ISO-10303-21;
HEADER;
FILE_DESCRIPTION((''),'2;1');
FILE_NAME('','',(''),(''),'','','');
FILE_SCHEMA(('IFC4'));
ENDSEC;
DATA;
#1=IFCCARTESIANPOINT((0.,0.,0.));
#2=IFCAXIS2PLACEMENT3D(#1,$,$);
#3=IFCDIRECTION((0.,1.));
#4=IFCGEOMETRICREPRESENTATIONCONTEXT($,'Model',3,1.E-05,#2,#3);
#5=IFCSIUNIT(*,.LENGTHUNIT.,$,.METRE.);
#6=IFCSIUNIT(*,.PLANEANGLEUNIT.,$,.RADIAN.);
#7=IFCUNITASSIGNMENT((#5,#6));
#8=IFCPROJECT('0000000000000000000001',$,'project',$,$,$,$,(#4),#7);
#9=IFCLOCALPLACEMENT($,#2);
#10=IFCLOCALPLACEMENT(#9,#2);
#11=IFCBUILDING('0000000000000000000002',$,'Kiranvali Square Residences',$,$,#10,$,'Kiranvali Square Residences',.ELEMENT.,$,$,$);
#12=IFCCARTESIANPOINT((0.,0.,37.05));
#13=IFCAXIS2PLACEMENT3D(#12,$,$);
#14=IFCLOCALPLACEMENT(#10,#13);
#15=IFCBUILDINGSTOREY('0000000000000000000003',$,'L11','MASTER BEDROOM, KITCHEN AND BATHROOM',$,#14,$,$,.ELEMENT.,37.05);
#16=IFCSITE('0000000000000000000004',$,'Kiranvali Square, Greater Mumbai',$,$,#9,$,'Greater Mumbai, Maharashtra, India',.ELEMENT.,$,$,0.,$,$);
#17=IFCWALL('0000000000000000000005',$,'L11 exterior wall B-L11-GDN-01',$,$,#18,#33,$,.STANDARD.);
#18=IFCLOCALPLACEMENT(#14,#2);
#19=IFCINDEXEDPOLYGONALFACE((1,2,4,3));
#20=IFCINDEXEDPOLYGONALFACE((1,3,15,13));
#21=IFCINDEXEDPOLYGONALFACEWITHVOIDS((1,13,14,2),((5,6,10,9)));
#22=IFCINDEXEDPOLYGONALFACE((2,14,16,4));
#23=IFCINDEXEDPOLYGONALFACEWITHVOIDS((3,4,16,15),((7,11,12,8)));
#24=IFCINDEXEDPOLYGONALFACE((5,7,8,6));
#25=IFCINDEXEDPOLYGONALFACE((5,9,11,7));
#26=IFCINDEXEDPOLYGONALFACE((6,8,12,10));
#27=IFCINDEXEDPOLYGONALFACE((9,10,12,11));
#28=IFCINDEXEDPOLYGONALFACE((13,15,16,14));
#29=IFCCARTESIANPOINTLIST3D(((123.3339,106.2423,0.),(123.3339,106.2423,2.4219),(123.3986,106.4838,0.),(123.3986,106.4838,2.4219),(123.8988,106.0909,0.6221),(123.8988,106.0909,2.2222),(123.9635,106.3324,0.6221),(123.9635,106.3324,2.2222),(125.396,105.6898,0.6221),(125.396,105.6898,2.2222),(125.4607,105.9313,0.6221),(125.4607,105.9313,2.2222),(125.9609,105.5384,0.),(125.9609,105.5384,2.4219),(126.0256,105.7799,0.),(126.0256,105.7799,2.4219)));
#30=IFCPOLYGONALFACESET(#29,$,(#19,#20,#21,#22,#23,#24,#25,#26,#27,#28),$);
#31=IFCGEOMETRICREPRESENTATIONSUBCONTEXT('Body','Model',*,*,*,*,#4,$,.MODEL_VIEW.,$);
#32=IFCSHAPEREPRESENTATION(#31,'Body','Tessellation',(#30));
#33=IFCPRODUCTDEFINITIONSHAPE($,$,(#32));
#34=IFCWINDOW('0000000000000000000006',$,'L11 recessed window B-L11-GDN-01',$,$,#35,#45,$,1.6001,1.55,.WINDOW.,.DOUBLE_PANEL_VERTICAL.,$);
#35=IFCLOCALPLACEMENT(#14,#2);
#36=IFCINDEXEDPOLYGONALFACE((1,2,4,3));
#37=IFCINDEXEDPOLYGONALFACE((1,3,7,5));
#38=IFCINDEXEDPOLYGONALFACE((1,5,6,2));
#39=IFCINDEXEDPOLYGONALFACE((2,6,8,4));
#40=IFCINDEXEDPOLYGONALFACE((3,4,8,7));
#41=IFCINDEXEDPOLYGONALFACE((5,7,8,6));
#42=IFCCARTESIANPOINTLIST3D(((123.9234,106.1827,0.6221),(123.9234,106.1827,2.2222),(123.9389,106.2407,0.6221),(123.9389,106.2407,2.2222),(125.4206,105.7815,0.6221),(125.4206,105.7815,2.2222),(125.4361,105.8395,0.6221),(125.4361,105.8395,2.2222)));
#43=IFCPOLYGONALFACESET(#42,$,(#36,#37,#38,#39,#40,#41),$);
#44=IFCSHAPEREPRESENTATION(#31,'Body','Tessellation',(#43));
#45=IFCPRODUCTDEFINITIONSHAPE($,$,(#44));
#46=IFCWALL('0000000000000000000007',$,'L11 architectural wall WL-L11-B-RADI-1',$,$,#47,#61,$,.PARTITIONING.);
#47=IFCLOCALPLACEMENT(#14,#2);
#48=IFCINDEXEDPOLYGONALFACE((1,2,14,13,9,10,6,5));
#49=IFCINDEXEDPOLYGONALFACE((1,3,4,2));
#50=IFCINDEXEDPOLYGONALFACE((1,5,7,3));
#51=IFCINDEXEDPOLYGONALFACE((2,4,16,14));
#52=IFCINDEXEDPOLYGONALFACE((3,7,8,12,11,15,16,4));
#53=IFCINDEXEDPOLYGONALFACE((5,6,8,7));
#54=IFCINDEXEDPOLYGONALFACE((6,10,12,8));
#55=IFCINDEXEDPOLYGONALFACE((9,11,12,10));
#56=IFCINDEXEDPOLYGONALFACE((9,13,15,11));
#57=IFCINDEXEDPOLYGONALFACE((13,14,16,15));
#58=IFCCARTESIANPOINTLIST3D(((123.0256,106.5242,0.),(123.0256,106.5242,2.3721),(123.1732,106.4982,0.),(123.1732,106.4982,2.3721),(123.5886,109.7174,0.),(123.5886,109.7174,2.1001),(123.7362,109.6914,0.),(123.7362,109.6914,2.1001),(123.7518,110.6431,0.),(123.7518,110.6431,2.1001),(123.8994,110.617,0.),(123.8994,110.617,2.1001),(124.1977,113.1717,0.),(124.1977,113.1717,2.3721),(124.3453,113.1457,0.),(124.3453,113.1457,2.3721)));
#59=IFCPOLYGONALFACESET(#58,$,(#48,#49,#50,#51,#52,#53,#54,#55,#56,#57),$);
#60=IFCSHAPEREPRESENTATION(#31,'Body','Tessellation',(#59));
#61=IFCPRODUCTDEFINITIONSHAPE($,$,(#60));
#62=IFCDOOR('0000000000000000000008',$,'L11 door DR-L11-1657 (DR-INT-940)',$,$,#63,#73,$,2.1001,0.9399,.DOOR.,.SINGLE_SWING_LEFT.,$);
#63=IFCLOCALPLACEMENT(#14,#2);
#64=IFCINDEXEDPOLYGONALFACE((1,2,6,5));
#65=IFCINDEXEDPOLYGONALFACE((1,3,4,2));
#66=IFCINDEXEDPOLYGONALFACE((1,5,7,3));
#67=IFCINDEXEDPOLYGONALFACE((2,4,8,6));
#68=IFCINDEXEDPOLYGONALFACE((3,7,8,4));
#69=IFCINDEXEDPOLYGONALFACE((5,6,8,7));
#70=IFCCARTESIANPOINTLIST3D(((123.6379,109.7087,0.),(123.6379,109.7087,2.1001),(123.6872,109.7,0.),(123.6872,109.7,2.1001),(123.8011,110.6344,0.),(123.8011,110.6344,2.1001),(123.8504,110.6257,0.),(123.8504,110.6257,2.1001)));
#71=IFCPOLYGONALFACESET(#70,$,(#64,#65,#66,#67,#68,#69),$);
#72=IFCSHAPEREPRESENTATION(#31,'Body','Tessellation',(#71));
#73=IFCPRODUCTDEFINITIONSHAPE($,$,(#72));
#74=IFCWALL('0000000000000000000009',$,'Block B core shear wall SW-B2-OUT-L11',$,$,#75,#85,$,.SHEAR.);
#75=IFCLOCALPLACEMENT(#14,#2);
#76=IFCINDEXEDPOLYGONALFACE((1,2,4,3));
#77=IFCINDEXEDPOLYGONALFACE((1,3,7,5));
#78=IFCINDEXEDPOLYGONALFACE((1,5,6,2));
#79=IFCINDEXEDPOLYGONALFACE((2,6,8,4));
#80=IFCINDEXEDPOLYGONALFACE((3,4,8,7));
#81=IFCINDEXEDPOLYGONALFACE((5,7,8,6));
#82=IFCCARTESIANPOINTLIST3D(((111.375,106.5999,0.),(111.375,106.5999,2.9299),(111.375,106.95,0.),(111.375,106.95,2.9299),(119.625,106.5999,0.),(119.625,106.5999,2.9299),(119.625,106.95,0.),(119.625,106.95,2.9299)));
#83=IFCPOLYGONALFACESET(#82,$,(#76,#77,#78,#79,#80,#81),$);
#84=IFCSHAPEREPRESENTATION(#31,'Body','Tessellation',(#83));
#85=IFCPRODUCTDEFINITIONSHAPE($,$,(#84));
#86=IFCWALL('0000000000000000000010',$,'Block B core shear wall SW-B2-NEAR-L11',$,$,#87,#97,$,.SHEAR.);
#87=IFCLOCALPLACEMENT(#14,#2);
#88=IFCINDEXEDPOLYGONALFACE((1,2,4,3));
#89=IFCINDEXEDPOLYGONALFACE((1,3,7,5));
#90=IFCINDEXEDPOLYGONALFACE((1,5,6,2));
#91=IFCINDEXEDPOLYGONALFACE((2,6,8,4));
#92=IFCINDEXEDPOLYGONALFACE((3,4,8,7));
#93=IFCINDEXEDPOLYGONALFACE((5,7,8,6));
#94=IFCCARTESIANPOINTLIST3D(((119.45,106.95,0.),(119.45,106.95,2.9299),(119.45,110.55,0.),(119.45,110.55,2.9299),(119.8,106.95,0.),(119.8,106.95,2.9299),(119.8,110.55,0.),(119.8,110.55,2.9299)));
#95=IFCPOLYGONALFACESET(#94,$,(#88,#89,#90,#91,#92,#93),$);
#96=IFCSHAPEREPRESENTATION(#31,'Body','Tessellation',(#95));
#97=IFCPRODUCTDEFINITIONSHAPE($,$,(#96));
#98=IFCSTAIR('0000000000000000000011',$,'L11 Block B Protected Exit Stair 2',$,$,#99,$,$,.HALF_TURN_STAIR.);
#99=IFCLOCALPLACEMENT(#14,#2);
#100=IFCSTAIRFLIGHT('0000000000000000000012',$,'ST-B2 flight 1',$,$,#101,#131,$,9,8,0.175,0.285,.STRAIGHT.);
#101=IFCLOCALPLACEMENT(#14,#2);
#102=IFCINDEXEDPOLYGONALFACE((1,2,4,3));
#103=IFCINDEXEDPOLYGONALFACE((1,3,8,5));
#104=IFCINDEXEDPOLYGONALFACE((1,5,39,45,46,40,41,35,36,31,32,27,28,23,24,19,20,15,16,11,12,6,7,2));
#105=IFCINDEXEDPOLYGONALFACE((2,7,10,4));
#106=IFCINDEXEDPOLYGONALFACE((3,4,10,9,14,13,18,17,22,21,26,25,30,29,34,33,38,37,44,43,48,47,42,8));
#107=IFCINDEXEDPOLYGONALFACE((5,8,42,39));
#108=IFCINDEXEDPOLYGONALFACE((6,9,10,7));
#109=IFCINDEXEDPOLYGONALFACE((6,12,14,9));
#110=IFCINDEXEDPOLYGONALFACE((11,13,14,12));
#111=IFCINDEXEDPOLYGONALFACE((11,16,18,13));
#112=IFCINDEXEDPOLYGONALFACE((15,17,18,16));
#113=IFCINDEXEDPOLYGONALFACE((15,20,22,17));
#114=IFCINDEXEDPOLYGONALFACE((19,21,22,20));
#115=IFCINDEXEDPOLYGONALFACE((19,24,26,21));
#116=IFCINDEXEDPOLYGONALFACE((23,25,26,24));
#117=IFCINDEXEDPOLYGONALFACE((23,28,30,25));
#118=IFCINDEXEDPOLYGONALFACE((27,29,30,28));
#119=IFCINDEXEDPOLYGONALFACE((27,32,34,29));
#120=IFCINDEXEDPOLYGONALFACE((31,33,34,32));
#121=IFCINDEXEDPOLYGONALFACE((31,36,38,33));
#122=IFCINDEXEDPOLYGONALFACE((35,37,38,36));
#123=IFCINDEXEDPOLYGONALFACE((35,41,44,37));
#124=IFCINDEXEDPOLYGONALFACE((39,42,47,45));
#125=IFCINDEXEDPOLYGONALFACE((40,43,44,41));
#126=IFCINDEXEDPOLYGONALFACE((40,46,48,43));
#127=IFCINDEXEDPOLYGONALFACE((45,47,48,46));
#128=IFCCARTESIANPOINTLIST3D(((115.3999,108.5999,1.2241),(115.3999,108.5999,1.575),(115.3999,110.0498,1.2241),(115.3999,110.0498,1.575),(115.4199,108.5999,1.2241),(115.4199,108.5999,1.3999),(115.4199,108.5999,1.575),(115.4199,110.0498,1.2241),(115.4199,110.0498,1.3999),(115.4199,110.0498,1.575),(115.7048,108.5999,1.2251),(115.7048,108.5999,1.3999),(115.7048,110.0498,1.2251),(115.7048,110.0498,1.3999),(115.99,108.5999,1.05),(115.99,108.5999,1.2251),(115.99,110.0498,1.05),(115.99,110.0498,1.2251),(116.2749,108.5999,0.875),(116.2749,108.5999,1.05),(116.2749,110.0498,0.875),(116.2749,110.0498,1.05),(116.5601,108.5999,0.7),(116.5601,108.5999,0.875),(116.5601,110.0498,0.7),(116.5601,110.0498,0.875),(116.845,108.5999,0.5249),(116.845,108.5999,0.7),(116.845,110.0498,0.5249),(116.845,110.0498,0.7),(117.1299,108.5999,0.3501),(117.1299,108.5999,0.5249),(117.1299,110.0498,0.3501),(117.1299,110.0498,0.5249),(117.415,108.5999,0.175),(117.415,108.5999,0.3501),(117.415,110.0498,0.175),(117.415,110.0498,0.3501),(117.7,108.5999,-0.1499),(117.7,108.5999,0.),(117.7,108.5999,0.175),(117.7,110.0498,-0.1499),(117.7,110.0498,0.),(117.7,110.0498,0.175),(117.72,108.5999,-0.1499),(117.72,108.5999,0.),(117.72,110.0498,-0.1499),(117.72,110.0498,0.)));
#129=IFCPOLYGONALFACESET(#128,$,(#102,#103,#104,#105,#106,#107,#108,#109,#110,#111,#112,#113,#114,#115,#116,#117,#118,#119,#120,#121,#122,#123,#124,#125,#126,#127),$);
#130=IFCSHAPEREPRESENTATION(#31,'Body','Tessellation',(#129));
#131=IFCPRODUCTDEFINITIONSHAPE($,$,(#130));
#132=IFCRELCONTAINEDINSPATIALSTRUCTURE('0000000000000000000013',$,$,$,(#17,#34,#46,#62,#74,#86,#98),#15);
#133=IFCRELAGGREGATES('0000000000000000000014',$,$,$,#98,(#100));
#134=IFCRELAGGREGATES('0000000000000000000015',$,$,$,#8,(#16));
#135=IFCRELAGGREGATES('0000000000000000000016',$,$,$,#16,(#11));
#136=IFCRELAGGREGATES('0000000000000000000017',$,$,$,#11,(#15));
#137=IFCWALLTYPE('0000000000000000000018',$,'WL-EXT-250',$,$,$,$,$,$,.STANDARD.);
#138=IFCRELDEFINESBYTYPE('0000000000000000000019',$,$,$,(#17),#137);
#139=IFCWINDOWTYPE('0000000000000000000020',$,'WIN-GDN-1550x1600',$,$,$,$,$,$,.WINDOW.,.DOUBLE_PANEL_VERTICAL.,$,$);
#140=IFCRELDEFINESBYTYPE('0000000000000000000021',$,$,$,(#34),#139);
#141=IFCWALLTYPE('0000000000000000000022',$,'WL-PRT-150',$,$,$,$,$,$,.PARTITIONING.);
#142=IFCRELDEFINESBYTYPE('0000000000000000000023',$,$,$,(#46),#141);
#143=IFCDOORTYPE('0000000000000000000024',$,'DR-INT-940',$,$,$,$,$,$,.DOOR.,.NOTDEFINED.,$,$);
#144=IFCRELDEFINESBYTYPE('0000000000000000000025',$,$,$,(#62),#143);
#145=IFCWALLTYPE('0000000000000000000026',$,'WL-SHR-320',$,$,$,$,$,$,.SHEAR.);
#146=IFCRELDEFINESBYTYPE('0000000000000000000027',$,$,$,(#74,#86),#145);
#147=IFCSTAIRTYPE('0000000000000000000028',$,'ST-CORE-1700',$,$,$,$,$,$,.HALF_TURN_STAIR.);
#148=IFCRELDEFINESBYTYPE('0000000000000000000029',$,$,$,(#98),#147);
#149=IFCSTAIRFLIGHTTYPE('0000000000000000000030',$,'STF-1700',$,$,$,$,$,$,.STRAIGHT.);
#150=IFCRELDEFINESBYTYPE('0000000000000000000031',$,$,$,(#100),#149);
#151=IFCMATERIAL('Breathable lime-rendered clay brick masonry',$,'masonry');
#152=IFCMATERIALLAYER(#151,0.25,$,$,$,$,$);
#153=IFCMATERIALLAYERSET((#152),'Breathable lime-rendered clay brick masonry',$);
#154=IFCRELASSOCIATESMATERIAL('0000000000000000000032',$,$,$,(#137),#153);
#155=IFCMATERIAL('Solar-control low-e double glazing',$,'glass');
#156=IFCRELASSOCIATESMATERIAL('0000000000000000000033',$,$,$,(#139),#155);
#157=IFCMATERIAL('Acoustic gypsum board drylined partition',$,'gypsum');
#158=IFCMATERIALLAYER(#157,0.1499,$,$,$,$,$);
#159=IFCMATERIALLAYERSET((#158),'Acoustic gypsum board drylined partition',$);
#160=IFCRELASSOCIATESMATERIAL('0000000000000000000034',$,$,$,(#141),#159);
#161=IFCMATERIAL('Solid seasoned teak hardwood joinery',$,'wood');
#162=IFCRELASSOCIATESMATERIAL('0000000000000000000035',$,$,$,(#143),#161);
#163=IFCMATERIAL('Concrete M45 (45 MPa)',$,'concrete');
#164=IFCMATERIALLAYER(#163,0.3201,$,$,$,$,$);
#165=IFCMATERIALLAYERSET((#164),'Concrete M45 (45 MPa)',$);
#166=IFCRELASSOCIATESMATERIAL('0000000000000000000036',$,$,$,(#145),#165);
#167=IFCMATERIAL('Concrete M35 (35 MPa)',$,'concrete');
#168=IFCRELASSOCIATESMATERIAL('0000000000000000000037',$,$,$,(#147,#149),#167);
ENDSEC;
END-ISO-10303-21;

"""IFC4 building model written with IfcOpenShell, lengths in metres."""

from ifc_helpers import new_model, si_unit, direction, frame, frame_2d, origin, place, context, subcontext, project, spatial, polyline, rectangle, outline, extrude, material, layer, layer_set, type_object, element, fill, aggregate, save


model = new_model("IFC4")

# Units and contexts
model_context = context("Model", 3, precision=1e-05, world=origin(), true_north=direction((0.0, 1.0)))
body_context = subcontext(model_context, "Body", "Model", "MODEL_VIEW")
ifc_project = project(units=[si_unit("LENGTHUNIT", "METRE"), si_unit("PLANEANGLEUNIT", "RADIAN")], contexts=[model_context])

# Site, building, storey
site_placement = place(None, origin())
site = spatial("IfcSite", under=ifc_project, at=site_placement, Name="Kiranvali Square, Greater Mumbai", LongName="Greater Mumbai, Maharashtra, India", CompositionType="ELEMENT", RefElevation=0.0)
building_placement = place(site_placement, origin())
building = spatial("IfcBuilding", under=site, at=building_placement, Name="Kiranvali Square Residences", LongName="Kiranvali Square Residences", CompositionType="ELEMENT")
storey_placement = place(building_placement, frame((0.0, 0.0, 37.05)))
storey = spatial("IfcBuildingStorey", under=building, at=storey_placement, Name="L11", Description="MASTER BEDROOM, KITCHEN AND BATHROOM", CompositionType="ELEMENT", Elevation=37.05)

# Wall, opening, window
ifc_material_1 = material(Name="Breathable lime-rendered clay brick masonry", Category="masonry")
ifc_layer_1 = layer(ifc_material_1, 0.25)
ifc_layer_set_1 = layer_set([ifc_layer_1], Name="Breathable lime-rendered clay brick masonry")
wall_type_1 = type_object("IfcWallType", Name="WL-EXT-250", PredefinedType="STANDARD", material=ifc_layer_set_1)
ifc_material_2 = material(Name="Solar-control low-e double glazing", Category="glass")
wall_1_placement = place(storey_placement, frame((123.3662, 106.363, 0.0), z_axis=(0.0, 0.0, 1.0), x_axis=(0.965929, -0.258808, 0.0)))
wall_1 = element("IfcWall", 1, at=wall_1_placement, inside=storey, type_object=wall_type_1, Name="L11 exterior wall B-L11-GDN-01", PredefinedType="STANDARD", context=body_context, shape_type="SweptSolid", body=[
    extrude(rectangle(XDim=2.7197, YDim=0.25, at=frame_2d((1.3599, 0.0))), origin(), (0.0, 0.0, 1.0), 2.4219),
])
opening_1_placement = place(wall_1_placement, frame((0.585, 0.0, 0.6221)))
opening_1 = element("IfcOpeningElement", 2, at=opening_1_placement, cuts=wall_1, PredefinedType="OPENING", context=body_context, shape_type="SweptSolid", body=[
    extrude(rectangle(XDim=1.55, YDim=1.6001, at=frame_2d((0.7749, 0.8))), frame((0.0, 0.135, 0.0), z_axis=(0.0, -1.0, 0.0), x_axis=(1.0, 0.0, 0.0)), (0.0, 0.0, 1.0), 0.27),
])
window_type_1 = type_object("IfcWindowType", Name="WIN-GDN-1550x1600", PartitioningType="DOUBLE_PANEL_VERTICAL", PredefinedType="WINDOW", material=ifc_material_2)
window_1_placement = place(opening_1_placement, origin())
window_1 = element("IfcWindow", 3, at=window_1_placement, inside=storey, type_object=window_type_1, Name="L11 recessed window B-L11-GDN-01", OverallHeight=1.6001, OverallWidth=1.55, PartitioningType="DOUBLE_PANEL_VERTICAL", PredefinedType="WINDOW", context=body_context, shape_type="SweptSolid", body=[
    extrude(rectangle(XDim=1.55, YDim=1.6001, at=frame_2d((0.7749, 0.8))), frame((0.0, 0.03, 0.0), z_axis=(0.0, -1.0, 0.0), x_axis=(1.0, 0.0, 0.0)), (0.0, 0.0, 1.0), 0.0601),
])
fill(opening_1, window_1)

# Wall, opening, door
ifc_material_3 = material(Name="Acoustic gypsum board drylined partition", Category="gypsum")
ifc_layer_2 = layer(ifc_material_3, 0.1499)
ifc_layer_set_2 = layer_set([ifc_layer_2], Name="Acoustic gypsum board drylined partition")
wall_type_2 = type_object("IfcWallType", Name="WL-PRT-150", PredefinedType="PARTITIONING", material=ifc_layer_set_2)
wall_2_placement = place(storey_placement, frame((123.0994, 106.5112, 0.0), z_axis=(0.0, 0.0, 1.0), x_axis=(0.173647, 0.984808, 0.0)))
wall_2 = element("IfcWall", 4, at=wall_2_placement, inside=storey, type_object=wall_type_2, Name="L11 architectural wall WL-L11-B-RADI-1", PredefinedType="PARTITIONING", context=body_context, shape_type="SweptSolid", body=[
    extrude(rectangle(XDim=6.75, YDim=0.1499, at=frame_2d((3.375, 0.0))), origin(), (0.0, 0.0, 1.0), 2.3721),
])
opening_2_placement = place(wall_2_placement, frame((3.2424, 0.0, 0.0)))
opening_2 = element("IfcOpeningElement", 5, at=opening_2_placement, cuts=wall_2, PredefinedType="OPENING", context=body_context, shape_type="SweptSolid", body=[
    extrude(rectangle(XDim=0.9399, YDim=2.1001, at=frame_2d((0.47, 1.05))), frame((0.0, 0.085, 0.0), z_axis=(0.0, -1.0, 0.0), x_axis=(1.0, 0.0, 0.0)), (0.0, 0.0, 1.0), 0.1699),
])
ifc_material_4 = material(Name="Solid seasoned teak hardwood joinery", Category="wood")
door_type_1 = type_object("IfcDoorType", Name="DR-INT-940", OperationType="NOTDEFINED", PredefinedType="DOOR", material=ifc_material_4)
door_1_placement = place(opening_2_placement, origin())
door_1 = element("IfcDoor", 6, at=door_1_placement, inside=storey, type_object=door_type_1, Name="L11 door DR-L11-1657 (DR-INT-940)", OperationType="SINGLE_SWING_LEFT", OverallHeight=2.1001, OverallWidth=0.9399, PredefinedType="DOOR", context=body_context, shape_type="SweptSolid", body=[
    extrude(rectangle(XDim=0.9399, YDim=2.1001, at=frame_2d((0.47, 1.05))), frame((0.0, 0.0249, 0.0), z_axis=(0.0, -1.0, 0.0), x_axis=(1.0, 0.0, 0.0)), (0.0, 0.0, 1.0), 0.05),
])
fill(opening_2, door_1)

# Wall
ifc_material_5 = material(Name="Concrete M45 (45 MPa)", Category="concrete")
ifc_layer_3 = layer(ifc_material_5, 0.3201)
ifc_layer_set_3 = layer_set([ifc_layer_3], Name="Concrete M45 (45 MPa)")
wall_type_3 = type_object("IfcWallType", Name="WL-SHR-320", PredefinedType="SHEAR", material=ifc_layer_set_3)
wall_3_placement = place(storey_placement, frame((119.625, 106.7749, 0.0), z_axis=(0.0, 0.0, 1.0), x_axis=(-1.0, 0.0, 0.0)))
element("IfcWall", 7, at=wall_3_placement, inside=storey, type_object=wall_type_3, Name="Block B core shear wall SW-B2-OUT-L11", PredefinedType="SHEAR", context=body_context, shape_type="SweptSolid", body=[
    extrude(rectangle(XDim=8.25, YDim=0.3501, at=frame_2d((4.125, 0.0))), origin(), (0.0, 0.0, 1.0), 2.9299),
])

# Wall
wall_4_placement = place(storey_placement, frame((119.625, 106.95, 0.0), z_axis=(0.0, 0.0, 1.0), x_axis=(0.0, 1.0, 0.0)))
element("IfcWall", 8, at=wall_4_placement, inside=storey, type_object=wall_type_3, Name="Block B core shear wall SW-B2-NEAR-L11", PredefinedType="SHEAR", context=body_context, shape_type="SweptSolid", body=[
    extrude(rectangle(XDim=3.6001, YDim=0.3501, at=frame_2d((1.8, 0.0))), origin(), (0.0, 0.0, 1.0), 2.9299),
])

# Stair, stair flight
ifc_material_6 = material(Name="Concrete M35 (35 MPa)", Category="concrete")
stair_type = type_object("IfcStairType", Name="ST-CORE-1700", PredefinedType="HALF_TURN_STAIR", material=ifc_material_6)
stair_placement = place(storey_placement, origin())
stair = element("IfcStair", 9, at=stair_placement, inside=storey, type_object=stair_type, Name="L11 Block B Protected Exit Stair 2", PredefinedType="HALF_TURN_STAIR")
stair_flight_type = type_object("IfcStairFlightType", Name="STF-1700", PredefinedType="STRAIGHT", material=ifc_material_6)
stair_flight_placement = place(storey_placement, frame((117.7, 109.325, 0.0), z_axis=(0.0, 0.0, 1.0), x_axis=(-1.0, 0.0, 0.0)))
stair_flight = element("IfcStairFlight", 10, at=stair_flight_placement, type_object=stair_flight_type, Name="ST-B2 flight 1", NumberOfRisers=9, NumberOfTreads=8, PredefinedType="STRAIGHT", RiserHeight=0.175, TreadLength=0.285, context=body_context, shape_type="SweptSolid", body=[
    extrude(outline(polyline([(-0.02, -0.1499), (-0.02, 0.0), (0.0, 0.0), (0.0, 0.175), (0.2849, 0.175), (0.2849, 0.3501), (0.5701, 0.3501), (0.5701, 0.5249), (0.855, 0.5249), (0.855, 0.7), (1.1399, 0.7), (1.1399, 0.875), (1.425, 0.875), (1.425, 1.05), (1.71, 1.05), (1.71, 1.2251), (1.9951, 1.2251), (1.9951, 1.3999), (2.28, 1.3999), (2.28, 1.575), (2.3, 1.575), (2.3, 1.2241), (2.28, 1.2241), (0.0, -0.1499), (-0.02, -0.1499)])), frame((0.0, 0.7251, 0.0), z_axis=(0.0, -1.0, 0.0), x_axis=(1.0, 0.0, 0.0)), (0.0, 0.0, 1.0), 1.45),
])
aggregate(stair, [stair_flight])

save(model, "model.ifc")
